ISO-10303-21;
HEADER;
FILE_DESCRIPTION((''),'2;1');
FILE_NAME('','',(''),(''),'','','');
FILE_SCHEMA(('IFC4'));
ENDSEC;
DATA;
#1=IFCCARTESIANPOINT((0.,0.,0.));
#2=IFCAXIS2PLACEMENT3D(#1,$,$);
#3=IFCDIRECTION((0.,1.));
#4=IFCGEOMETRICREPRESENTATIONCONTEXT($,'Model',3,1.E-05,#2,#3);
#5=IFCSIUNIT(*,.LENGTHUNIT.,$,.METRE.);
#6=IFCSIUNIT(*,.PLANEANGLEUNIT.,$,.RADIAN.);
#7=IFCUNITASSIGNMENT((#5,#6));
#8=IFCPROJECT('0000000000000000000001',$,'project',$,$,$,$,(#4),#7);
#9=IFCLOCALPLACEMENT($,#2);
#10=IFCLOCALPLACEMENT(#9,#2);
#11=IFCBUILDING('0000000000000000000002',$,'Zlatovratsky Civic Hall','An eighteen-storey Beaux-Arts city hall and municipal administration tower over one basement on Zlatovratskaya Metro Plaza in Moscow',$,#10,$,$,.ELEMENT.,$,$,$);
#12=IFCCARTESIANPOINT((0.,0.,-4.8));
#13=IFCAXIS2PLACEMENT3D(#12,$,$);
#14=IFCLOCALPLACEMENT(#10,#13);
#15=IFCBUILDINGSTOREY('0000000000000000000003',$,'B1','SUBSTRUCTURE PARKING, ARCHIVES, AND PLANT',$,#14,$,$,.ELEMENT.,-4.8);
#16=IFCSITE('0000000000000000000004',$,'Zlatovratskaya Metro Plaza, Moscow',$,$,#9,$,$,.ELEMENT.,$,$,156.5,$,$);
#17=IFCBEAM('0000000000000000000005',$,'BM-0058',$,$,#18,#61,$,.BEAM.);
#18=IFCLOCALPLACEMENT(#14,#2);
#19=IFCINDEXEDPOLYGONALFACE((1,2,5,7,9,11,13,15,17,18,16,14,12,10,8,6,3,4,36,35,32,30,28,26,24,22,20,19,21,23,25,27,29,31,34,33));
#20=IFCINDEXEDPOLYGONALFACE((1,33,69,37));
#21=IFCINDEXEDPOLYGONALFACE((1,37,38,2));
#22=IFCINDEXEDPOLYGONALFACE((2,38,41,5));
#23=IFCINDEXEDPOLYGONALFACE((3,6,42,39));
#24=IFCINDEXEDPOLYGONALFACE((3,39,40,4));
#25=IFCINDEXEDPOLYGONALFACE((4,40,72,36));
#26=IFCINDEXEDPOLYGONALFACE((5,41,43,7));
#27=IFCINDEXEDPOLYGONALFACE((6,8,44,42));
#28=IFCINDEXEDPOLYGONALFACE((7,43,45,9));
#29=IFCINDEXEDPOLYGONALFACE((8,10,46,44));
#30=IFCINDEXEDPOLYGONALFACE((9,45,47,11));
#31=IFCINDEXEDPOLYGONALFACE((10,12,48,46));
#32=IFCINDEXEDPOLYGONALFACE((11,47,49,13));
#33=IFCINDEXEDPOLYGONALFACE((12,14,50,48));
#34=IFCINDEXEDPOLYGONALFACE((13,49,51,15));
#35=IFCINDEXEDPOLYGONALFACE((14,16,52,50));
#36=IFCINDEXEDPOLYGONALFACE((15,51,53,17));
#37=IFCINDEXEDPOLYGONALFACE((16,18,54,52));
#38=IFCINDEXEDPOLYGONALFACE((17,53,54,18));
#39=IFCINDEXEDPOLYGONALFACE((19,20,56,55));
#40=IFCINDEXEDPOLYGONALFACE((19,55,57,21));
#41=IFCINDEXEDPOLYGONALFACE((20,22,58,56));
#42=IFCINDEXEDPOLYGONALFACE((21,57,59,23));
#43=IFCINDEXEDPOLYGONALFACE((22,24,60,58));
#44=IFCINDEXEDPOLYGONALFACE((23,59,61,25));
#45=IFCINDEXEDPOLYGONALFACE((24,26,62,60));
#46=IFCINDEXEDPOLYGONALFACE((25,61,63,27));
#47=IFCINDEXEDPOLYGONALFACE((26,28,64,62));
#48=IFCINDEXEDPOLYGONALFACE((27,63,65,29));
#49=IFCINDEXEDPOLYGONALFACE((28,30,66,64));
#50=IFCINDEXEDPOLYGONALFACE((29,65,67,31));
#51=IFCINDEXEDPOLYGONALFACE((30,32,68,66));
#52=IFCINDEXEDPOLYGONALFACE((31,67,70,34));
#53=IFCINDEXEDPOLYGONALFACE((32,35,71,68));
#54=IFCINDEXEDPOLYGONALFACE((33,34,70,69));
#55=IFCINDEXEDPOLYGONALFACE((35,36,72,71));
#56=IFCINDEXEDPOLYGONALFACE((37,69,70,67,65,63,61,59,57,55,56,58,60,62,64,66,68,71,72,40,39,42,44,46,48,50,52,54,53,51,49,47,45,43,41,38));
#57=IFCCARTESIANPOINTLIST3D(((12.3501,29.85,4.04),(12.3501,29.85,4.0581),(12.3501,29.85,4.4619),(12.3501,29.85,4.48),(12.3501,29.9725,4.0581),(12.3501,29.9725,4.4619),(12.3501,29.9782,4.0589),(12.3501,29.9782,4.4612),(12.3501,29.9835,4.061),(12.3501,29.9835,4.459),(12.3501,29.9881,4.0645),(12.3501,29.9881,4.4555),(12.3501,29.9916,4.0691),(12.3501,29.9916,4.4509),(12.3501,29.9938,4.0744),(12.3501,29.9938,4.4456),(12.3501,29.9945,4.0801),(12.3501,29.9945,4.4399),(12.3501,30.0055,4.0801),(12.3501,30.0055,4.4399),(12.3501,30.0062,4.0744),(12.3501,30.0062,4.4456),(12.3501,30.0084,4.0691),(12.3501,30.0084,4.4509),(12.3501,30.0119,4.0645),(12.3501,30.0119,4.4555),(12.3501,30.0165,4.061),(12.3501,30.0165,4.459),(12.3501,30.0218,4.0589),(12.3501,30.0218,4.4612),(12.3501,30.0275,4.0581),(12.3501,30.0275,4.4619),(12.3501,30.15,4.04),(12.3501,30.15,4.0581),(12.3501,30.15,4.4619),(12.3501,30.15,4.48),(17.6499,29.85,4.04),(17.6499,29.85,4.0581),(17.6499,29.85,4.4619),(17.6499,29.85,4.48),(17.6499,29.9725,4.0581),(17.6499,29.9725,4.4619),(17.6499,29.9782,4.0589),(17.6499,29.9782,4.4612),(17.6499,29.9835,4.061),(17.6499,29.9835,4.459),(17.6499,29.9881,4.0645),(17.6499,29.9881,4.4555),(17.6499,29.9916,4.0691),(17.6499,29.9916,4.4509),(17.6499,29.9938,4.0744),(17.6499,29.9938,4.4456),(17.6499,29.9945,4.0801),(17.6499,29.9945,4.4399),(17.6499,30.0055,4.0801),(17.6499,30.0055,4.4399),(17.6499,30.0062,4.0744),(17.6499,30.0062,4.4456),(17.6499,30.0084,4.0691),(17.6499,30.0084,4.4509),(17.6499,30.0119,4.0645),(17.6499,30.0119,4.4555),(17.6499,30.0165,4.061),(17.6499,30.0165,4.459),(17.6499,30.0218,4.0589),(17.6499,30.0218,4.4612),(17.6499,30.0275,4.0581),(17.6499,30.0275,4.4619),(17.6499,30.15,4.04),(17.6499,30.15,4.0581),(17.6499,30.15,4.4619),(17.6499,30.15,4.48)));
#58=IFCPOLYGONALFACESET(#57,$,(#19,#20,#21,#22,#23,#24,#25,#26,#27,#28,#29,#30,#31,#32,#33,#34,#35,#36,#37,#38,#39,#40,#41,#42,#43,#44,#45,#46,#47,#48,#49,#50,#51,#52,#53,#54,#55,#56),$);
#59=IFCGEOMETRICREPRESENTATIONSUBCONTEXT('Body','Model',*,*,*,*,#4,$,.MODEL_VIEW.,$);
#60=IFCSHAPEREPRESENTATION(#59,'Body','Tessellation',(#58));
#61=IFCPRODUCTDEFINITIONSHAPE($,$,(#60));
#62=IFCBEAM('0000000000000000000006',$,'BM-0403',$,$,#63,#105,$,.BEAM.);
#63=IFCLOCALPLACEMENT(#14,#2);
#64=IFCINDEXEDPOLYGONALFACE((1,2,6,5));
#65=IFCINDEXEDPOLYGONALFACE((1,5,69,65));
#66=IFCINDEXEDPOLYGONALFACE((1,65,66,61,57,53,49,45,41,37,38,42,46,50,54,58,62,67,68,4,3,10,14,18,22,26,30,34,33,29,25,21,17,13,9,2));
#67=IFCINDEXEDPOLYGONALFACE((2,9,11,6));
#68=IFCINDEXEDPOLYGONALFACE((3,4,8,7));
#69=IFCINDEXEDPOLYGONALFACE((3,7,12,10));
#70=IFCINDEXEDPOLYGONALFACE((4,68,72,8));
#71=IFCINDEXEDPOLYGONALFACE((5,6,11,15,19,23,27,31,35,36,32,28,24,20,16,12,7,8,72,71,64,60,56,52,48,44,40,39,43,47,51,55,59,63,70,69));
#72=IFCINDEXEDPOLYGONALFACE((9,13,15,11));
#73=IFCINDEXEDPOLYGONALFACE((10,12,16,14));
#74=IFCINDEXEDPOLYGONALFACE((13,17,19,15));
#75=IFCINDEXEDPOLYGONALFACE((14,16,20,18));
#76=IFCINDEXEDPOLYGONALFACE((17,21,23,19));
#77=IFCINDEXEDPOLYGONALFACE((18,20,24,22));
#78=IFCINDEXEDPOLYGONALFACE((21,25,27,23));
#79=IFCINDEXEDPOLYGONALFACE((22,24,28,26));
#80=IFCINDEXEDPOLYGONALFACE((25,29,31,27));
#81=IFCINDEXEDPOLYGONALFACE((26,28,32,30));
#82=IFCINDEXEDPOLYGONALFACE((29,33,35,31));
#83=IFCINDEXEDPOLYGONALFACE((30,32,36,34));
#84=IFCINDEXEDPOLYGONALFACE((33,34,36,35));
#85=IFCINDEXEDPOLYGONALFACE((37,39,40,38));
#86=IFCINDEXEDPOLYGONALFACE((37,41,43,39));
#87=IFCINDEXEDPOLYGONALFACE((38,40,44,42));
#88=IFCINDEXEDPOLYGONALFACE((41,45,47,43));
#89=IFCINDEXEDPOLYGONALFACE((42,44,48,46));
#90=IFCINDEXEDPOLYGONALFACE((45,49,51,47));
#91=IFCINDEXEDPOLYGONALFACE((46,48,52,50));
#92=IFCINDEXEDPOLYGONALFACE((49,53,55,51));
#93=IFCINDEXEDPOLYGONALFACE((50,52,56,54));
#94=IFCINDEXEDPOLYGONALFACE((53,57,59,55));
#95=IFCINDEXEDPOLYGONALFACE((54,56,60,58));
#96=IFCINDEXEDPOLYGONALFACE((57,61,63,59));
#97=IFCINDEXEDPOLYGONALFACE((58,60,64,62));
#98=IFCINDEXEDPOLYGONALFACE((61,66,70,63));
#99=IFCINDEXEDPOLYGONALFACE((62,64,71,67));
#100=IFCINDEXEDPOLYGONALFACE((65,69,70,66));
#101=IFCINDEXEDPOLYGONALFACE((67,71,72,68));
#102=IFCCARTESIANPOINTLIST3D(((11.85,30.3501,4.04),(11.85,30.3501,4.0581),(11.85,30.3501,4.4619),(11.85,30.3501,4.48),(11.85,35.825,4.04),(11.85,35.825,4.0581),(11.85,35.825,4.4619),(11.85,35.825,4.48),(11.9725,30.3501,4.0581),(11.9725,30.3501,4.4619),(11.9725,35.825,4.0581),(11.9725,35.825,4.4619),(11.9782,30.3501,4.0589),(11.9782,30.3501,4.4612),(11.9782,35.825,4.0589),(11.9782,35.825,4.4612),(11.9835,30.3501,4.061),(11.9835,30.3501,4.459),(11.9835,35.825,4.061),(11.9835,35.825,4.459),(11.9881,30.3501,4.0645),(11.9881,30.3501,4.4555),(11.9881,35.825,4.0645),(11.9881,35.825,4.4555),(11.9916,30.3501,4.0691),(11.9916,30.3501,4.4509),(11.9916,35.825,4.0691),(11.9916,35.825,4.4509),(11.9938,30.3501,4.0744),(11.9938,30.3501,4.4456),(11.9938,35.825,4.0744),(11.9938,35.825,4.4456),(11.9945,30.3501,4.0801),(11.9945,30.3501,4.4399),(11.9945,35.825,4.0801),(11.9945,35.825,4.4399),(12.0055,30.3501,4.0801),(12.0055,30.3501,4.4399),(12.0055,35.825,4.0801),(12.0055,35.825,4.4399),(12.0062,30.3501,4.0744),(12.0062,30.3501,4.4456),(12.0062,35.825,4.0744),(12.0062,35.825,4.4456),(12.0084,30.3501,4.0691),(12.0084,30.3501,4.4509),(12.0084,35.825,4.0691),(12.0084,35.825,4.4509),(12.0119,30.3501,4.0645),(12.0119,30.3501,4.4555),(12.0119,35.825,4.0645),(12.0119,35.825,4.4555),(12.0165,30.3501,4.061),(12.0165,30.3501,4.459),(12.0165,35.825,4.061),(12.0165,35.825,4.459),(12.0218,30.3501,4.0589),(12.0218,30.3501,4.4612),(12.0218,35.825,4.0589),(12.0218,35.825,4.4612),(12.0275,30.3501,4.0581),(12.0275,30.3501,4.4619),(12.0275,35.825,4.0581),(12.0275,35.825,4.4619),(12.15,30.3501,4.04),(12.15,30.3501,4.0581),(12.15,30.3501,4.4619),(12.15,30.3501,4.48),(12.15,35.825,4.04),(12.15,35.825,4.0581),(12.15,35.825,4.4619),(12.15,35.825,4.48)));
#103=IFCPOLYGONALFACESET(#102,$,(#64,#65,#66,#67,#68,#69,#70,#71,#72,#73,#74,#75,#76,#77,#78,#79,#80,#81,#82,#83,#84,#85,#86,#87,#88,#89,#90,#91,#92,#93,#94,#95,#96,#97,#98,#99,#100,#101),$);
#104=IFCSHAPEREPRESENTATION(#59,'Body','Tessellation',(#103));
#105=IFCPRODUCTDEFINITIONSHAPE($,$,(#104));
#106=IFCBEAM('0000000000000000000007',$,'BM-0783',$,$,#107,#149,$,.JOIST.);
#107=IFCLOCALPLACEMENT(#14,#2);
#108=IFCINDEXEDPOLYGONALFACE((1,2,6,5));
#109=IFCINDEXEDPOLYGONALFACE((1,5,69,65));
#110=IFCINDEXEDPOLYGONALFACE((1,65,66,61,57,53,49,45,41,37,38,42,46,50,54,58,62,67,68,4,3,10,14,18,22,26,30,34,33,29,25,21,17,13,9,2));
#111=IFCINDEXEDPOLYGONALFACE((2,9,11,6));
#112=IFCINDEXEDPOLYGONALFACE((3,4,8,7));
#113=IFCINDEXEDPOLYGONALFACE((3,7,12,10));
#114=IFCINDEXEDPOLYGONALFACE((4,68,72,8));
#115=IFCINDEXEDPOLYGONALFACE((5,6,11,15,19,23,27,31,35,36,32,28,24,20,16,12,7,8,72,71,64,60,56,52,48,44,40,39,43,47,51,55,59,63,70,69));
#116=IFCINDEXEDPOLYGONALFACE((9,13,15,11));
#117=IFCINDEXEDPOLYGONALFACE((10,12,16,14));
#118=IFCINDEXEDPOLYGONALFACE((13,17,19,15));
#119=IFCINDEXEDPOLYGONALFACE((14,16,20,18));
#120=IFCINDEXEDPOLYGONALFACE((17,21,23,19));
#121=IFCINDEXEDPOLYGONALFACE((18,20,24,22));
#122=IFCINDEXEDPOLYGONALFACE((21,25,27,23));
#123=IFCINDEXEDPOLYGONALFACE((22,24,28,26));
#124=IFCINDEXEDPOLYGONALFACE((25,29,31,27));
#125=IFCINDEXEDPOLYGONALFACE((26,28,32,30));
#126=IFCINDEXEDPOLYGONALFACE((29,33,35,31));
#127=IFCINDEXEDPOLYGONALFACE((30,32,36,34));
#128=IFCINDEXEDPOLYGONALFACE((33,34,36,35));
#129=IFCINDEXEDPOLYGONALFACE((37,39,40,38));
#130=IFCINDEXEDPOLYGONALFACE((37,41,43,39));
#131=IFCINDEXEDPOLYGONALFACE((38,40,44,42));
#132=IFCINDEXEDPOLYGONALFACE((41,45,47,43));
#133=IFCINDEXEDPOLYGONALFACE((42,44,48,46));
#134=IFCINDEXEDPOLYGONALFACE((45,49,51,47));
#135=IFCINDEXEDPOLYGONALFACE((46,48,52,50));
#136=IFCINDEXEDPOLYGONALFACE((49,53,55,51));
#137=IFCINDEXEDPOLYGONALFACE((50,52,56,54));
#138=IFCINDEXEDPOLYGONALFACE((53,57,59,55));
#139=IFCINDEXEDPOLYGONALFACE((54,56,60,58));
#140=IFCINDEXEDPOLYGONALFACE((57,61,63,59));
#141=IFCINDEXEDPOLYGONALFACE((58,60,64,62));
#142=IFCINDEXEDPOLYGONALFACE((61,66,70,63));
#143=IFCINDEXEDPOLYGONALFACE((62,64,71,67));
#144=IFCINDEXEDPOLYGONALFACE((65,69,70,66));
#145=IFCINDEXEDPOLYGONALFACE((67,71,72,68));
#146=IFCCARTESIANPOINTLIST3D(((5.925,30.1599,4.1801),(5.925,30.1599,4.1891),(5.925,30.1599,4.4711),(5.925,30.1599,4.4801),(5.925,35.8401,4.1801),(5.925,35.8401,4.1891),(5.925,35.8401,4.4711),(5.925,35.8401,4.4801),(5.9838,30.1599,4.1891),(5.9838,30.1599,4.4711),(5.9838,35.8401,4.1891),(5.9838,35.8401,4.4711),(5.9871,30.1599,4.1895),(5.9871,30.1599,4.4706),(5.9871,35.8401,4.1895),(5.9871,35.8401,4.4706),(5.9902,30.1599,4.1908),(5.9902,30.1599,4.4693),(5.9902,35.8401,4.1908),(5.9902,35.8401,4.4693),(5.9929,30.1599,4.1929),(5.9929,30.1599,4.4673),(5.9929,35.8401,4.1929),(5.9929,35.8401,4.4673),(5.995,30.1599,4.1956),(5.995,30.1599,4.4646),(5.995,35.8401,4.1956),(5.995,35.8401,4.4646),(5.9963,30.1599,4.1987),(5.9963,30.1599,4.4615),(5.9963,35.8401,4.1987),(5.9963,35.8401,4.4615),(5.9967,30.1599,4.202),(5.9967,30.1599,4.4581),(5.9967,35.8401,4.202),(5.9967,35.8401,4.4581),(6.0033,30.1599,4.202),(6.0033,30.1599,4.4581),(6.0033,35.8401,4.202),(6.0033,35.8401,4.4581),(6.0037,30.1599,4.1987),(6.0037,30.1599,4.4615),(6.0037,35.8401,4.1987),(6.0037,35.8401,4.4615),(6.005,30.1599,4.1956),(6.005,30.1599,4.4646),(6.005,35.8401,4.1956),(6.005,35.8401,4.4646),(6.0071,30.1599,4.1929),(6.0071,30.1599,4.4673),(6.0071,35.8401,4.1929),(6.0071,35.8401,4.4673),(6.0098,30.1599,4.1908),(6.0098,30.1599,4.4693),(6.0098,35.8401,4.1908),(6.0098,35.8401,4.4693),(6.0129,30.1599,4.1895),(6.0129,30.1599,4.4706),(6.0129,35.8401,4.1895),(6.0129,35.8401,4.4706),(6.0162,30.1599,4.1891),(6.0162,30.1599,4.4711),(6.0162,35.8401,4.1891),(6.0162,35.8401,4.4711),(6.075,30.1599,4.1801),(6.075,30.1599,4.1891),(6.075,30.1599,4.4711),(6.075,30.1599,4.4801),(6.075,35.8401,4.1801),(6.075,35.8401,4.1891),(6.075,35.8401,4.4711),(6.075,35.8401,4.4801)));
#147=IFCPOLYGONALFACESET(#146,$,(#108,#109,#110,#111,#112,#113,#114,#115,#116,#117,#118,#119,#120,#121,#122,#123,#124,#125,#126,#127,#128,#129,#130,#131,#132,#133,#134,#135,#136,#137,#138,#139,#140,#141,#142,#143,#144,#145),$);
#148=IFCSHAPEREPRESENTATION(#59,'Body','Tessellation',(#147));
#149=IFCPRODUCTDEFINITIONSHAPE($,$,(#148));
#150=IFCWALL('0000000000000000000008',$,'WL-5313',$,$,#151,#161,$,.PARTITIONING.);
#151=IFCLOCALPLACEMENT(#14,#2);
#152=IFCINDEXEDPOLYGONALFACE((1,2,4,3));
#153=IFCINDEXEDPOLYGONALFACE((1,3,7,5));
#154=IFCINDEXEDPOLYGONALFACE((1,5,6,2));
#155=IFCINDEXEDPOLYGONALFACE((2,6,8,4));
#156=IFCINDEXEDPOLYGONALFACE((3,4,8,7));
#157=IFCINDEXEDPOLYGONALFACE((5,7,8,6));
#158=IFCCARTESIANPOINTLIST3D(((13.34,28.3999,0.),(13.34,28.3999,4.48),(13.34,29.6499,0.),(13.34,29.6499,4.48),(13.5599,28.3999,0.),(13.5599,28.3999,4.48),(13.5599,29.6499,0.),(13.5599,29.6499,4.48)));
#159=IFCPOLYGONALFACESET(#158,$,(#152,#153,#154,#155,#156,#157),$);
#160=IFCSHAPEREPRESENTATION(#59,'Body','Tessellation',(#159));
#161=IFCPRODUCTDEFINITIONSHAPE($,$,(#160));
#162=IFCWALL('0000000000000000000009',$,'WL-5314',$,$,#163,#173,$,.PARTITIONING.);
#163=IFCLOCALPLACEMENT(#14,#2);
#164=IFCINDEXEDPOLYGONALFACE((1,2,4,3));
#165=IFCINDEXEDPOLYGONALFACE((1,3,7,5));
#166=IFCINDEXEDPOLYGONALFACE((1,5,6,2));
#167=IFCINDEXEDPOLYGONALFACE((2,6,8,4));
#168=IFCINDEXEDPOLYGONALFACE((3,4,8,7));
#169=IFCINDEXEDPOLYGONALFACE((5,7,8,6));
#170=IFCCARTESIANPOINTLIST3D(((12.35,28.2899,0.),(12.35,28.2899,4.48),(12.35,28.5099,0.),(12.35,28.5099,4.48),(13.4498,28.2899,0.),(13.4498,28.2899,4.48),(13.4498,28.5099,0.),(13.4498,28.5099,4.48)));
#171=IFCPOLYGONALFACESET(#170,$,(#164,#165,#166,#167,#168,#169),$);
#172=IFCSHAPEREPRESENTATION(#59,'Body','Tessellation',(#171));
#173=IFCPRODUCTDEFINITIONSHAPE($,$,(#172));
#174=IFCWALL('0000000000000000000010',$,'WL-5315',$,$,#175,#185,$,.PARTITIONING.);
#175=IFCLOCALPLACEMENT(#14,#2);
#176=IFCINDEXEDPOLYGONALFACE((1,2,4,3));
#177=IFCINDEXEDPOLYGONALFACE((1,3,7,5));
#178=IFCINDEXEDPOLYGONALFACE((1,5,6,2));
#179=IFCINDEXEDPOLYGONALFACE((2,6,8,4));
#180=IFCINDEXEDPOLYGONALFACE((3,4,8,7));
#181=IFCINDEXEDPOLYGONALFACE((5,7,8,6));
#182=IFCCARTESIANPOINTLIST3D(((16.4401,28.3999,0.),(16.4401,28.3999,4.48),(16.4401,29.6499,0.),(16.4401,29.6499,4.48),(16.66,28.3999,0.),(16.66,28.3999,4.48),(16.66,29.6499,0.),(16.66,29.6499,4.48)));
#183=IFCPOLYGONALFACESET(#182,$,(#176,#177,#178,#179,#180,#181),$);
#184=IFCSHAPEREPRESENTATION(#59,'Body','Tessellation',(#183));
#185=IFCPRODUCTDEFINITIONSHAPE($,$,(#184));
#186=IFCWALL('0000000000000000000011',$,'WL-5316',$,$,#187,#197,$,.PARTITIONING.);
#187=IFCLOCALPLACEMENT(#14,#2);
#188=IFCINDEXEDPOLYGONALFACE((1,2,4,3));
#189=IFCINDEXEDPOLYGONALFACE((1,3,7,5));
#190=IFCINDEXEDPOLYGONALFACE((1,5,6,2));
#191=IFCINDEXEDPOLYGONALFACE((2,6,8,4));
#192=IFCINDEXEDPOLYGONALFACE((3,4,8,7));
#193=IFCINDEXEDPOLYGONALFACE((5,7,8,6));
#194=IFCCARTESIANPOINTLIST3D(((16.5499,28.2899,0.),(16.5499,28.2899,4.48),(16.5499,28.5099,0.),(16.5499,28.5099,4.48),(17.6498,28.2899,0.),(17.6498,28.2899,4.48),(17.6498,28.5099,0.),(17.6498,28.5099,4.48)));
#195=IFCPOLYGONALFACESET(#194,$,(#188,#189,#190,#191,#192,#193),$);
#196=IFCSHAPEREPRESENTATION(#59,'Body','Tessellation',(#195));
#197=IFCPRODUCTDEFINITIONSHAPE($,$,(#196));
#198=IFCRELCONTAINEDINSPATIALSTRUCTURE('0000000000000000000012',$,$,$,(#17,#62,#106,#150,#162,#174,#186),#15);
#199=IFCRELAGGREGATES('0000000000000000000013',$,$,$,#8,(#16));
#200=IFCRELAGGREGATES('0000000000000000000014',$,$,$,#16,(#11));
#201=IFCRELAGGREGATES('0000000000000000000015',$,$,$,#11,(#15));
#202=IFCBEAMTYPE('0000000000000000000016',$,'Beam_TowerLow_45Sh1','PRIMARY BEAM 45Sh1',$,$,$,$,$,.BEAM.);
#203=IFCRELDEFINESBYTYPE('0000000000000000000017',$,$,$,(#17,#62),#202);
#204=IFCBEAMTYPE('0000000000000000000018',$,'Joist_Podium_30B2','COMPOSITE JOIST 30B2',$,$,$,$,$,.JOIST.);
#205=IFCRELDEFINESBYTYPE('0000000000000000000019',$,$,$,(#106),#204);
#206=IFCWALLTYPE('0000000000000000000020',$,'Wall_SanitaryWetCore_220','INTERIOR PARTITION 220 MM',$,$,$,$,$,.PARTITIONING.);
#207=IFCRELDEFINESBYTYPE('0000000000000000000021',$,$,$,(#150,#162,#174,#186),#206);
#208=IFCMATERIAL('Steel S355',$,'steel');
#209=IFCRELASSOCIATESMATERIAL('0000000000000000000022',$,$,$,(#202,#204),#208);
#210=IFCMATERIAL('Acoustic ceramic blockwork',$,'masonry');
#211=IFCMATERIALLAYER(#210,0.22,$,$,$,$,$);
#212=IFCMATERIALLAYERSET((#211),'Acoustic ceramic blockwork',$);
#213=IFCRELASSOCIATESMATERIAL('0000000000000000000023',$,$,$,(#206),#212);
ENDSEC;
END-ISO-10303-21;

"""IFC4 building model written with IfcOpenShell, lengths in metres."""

from ifc_helpers import new_model, si_unit, direction, frame, frame_2d, origin, origin_2d, place, context, subcontext, project, spatial, rectangle, i_section, extrude, material, layer, layer_set, material_profile, profile_set, type_object, element, save


model = new_model("IFC4")

# Units and contexts
model_context = context("Model", 3, precision=1e-05, world=origin(), true_north=direction((0.0, 1.0)))
body_context = subcontext(model_context, "Body", "Model", "MODEL_VIEW")
ifc_project = project(units=[si_unit("LENGTHUNIT", "METRE"), si_unit("PLANEANGLEUNIT", "RADIAN")], contexts=[model_context])

# Site, building, storey
site_placement = place(None, origin())
site = spatial("IfcSite", under=ifc_project, at=site_placement, Name="Zlatovratskaya Metro Plaza, Moscow", CompositionType="ELEMENT", RefElevation=156.5)
building_placement = place(site_placement, origin())
building = spatial("IfcBuilding", under=site, at=building_placement, Name="Zlatovratsky Civic Hall", Description="An eighteen-storey Beaux-Arts city hall and municipal administration tower over one basement on Zlatovratskaya Metro Plaza in Moscow", CompositionType="ELEMENT")
storey_placement = place(building_placement, frame((0.0, 0.0, -4.8)))
storey = spatial("IfcBuildingStorey", under=building, at=storey_placement, Name="B1", Description="SUBSTRUCTURE PARKING, ARCHIVES, AND PLANT", CompositionType="ELEMENT", Elevation=-4.8)

# Beams
ifc_material_1 = material(Name="Steel S355", Category="steel")
ifc_material_profile_1 = material_profile(ifc_material_1, i_section(OverallWidth=0.3, OverallDepth=0.4399, WebThickness=0.011, FlangeThickness=0.0181, FilletRadius=0.022, at=origin_2d()), Name="45Sh1")
ifc_profile_set_1 = profile_set([ifc_material_profile_1], Name="Steel S355")
beam_type_1 = type_object("IfcBeamType", Name="Beam_TowerLow_45Sh1", Description="PRIMARY BEAM 45Sh1", PredefinedType="BEAM", material=ifc_profile_set_1)
beam_1_placement = place(storey_placement, frame((12.3501, 30.0, 4.26), z_axis=(1.0, 0.0, 0.0), x_axis=(0.0, 1.0, 0.0)))
element("IfcBeam", 1, at=beam_1_placement, inside=storey, type_object=beam_type_1, Name="BM-0058", PredefinedType="BEAM", context=body_context, shape_type="SweptSolid", body=[
    extrude(i_section(OverallWidth=0.3, OverallDepth=0.4399, WebThickness=0.011, FlangeThickness=0.0181, FilletRadius=0.022, at=origin_2d()), origin(), (0.0, 0.0, 1.0), 5.2998),
])
beam_2_placement = place(storey_placement, frame((12.0, 30.3501, 4.26), z_axis=(0.0, 1.0, 0.0), x_axis=(-1.0, 0.0, 0.0)))
element("IfcBeam", 2, at=beam_2_placement, inside=storey, type_object=beam_type_1, Name="BM-0403", PredefinedType="BEAM", context=body_context, shape_type="SweptSolid", body=[
    extrude(i_section(OverallWidth=0.3, OverallDepth=0.4399, WebThickness=0.011, FlangeThickness=0.0181, FilletRadius=0.022, at=origin_2d()), origin(), (0.0, 0.0, 1.0), 5.4749),
])
ifc_material_profile_2 = material_profile(ifc_material_1, i_section(OverallWidth=0.1499, OverallDepth=0.3, WebThickness=0.0066, FlangeThickness=0.009, FilletRadius=0.0129, at=origin_2d()), Name="30B2")
ifc_profile_set_2 = profile_set([ifc_material_profile_2], Name="Steel S355")
beam_type_2 = type_object("IfcBeamType", Name="Joist_Podium_30B2", Description="COMPOSITE JOIST 30B2", PredefinedType="JOIST", material=ifc_profile_set_2)
beam_3_placement = place(storey_placement, frame((6.0, 30.1599, 4.3301), z_axis=(0.0, 1.0, 0.0), x_axis=(-1.0, 0.0, 0.0)))
element("IfcBeam", 3, at=beam_3_placement, inside=storey, type_object=beam_type_2, Name="BM-0783", PredefinedType="JOIST", context=body_context, shape_type="SweptSolid", body=[
    extrude(i_section(OverallWidth=0.1499, OverallDepth=0.3, WebThickness=0.0066, FlangeThickness=0.009, FilletRadius=0.0129, at=origin_2d()), origin(), (0.0, 0.0, 1.0), 5.6802),
])

# Walls
ifc_material_2 = material(Name="Acoustic ceramic blockwork", Category="masonry")
ifc_layer_1 = layer(ifc_material_2, 0.22)
ifc_layer_set_1 = layer_set([ifc_layer_1], Name="Acoustic ceramic blockwork")
wall_type_1 = type_object("IfcWallType", Name="Wall_SanitaryWetCore_220", Description="INTERIOR PARTITION 220 MM", PredefinedType="PARTITIONING", material=ifc_layer_set_1)
wall_1_placement = place(storey_placement, frame((13.45, 28.3999, 0.0), z_axis=(0.0, 0.0, 1.0), x_axis=(0.0, 1.0, 0.0)))
element("IfcWall", 4, at=wall_1_placement, inside=storey, type_object=wall_type_1, Name="WL-5313", PredefinedType="PARTITIONING", context=body_context, shape_type="SweptSolid", body=[
    extrude(rectangle(XDim=1.25, YDim=0.22, at=frame_2d((0.625, 0.0))), origin(), (0.0, 0.0, 1.0), 4.48),
])
wall_2_placement = place(storey_placement, frame((12.3501, 28.3999, 0.0), z_axis=(0.0, 0.0, 1.0), x_axis=(1.0, 0.0, 0.0)))
element("IfcWall", 5, at=wall_2_placement, inside=storey, type_object=wall_type_1, Name="WL-5314", PredefinedType="PARTITIONING", context=body_context, shape_type="SweptSolid", body=[
    extrude(rectangle(XDim=1.0999, YDim=0.22, at=frame_2d((0.5498, 0.0))), origin(), (0.0, 0.0, 1.0), 4.48),
])
wall_3_placement = place(storey_placement, frame((16.55, 28.3999, 0.0), z_axis=(0.0, 0.0, 1.0), x_axis=(0.0, 1.0, 0.0)))
element("IfcWall", 6, at=wall_3_placement, inside=storey, type_object=wall_type_1, Name="WL-5315", PredefinedType="PARTITIONING", context=body_context, shape_type="SweptSolid", body=[
    extrude(rectangle(XDim=1.25, YDim=0.22, at=frame_2d((0.625, 0.0))), origin(), (0.0, 0.0, 1.0), 4.48),
])
wall_4_placement = place(storey_placement, frame((16.55, 28.3999, 0.0), z_axis=(0.0, 0.0, 1.0), x_axis=(1.0, 0.0, 0.0)))
element("IfcWall", 7, at=wall_4_placement, inside=storey, type_object=wall_type_1, Name="WL-5316", PredefinedType="PARTITIONING", context=body_context, shape_type="SweptSolid", body=[
    extrude(rectangle(XDim=1.0999, YDim=0.22, at=frame_2d((0.5498, 0.0))), origin(), (0.0, 0.0, 1.0), 4.48),
])

save(model, "model.ifc")
